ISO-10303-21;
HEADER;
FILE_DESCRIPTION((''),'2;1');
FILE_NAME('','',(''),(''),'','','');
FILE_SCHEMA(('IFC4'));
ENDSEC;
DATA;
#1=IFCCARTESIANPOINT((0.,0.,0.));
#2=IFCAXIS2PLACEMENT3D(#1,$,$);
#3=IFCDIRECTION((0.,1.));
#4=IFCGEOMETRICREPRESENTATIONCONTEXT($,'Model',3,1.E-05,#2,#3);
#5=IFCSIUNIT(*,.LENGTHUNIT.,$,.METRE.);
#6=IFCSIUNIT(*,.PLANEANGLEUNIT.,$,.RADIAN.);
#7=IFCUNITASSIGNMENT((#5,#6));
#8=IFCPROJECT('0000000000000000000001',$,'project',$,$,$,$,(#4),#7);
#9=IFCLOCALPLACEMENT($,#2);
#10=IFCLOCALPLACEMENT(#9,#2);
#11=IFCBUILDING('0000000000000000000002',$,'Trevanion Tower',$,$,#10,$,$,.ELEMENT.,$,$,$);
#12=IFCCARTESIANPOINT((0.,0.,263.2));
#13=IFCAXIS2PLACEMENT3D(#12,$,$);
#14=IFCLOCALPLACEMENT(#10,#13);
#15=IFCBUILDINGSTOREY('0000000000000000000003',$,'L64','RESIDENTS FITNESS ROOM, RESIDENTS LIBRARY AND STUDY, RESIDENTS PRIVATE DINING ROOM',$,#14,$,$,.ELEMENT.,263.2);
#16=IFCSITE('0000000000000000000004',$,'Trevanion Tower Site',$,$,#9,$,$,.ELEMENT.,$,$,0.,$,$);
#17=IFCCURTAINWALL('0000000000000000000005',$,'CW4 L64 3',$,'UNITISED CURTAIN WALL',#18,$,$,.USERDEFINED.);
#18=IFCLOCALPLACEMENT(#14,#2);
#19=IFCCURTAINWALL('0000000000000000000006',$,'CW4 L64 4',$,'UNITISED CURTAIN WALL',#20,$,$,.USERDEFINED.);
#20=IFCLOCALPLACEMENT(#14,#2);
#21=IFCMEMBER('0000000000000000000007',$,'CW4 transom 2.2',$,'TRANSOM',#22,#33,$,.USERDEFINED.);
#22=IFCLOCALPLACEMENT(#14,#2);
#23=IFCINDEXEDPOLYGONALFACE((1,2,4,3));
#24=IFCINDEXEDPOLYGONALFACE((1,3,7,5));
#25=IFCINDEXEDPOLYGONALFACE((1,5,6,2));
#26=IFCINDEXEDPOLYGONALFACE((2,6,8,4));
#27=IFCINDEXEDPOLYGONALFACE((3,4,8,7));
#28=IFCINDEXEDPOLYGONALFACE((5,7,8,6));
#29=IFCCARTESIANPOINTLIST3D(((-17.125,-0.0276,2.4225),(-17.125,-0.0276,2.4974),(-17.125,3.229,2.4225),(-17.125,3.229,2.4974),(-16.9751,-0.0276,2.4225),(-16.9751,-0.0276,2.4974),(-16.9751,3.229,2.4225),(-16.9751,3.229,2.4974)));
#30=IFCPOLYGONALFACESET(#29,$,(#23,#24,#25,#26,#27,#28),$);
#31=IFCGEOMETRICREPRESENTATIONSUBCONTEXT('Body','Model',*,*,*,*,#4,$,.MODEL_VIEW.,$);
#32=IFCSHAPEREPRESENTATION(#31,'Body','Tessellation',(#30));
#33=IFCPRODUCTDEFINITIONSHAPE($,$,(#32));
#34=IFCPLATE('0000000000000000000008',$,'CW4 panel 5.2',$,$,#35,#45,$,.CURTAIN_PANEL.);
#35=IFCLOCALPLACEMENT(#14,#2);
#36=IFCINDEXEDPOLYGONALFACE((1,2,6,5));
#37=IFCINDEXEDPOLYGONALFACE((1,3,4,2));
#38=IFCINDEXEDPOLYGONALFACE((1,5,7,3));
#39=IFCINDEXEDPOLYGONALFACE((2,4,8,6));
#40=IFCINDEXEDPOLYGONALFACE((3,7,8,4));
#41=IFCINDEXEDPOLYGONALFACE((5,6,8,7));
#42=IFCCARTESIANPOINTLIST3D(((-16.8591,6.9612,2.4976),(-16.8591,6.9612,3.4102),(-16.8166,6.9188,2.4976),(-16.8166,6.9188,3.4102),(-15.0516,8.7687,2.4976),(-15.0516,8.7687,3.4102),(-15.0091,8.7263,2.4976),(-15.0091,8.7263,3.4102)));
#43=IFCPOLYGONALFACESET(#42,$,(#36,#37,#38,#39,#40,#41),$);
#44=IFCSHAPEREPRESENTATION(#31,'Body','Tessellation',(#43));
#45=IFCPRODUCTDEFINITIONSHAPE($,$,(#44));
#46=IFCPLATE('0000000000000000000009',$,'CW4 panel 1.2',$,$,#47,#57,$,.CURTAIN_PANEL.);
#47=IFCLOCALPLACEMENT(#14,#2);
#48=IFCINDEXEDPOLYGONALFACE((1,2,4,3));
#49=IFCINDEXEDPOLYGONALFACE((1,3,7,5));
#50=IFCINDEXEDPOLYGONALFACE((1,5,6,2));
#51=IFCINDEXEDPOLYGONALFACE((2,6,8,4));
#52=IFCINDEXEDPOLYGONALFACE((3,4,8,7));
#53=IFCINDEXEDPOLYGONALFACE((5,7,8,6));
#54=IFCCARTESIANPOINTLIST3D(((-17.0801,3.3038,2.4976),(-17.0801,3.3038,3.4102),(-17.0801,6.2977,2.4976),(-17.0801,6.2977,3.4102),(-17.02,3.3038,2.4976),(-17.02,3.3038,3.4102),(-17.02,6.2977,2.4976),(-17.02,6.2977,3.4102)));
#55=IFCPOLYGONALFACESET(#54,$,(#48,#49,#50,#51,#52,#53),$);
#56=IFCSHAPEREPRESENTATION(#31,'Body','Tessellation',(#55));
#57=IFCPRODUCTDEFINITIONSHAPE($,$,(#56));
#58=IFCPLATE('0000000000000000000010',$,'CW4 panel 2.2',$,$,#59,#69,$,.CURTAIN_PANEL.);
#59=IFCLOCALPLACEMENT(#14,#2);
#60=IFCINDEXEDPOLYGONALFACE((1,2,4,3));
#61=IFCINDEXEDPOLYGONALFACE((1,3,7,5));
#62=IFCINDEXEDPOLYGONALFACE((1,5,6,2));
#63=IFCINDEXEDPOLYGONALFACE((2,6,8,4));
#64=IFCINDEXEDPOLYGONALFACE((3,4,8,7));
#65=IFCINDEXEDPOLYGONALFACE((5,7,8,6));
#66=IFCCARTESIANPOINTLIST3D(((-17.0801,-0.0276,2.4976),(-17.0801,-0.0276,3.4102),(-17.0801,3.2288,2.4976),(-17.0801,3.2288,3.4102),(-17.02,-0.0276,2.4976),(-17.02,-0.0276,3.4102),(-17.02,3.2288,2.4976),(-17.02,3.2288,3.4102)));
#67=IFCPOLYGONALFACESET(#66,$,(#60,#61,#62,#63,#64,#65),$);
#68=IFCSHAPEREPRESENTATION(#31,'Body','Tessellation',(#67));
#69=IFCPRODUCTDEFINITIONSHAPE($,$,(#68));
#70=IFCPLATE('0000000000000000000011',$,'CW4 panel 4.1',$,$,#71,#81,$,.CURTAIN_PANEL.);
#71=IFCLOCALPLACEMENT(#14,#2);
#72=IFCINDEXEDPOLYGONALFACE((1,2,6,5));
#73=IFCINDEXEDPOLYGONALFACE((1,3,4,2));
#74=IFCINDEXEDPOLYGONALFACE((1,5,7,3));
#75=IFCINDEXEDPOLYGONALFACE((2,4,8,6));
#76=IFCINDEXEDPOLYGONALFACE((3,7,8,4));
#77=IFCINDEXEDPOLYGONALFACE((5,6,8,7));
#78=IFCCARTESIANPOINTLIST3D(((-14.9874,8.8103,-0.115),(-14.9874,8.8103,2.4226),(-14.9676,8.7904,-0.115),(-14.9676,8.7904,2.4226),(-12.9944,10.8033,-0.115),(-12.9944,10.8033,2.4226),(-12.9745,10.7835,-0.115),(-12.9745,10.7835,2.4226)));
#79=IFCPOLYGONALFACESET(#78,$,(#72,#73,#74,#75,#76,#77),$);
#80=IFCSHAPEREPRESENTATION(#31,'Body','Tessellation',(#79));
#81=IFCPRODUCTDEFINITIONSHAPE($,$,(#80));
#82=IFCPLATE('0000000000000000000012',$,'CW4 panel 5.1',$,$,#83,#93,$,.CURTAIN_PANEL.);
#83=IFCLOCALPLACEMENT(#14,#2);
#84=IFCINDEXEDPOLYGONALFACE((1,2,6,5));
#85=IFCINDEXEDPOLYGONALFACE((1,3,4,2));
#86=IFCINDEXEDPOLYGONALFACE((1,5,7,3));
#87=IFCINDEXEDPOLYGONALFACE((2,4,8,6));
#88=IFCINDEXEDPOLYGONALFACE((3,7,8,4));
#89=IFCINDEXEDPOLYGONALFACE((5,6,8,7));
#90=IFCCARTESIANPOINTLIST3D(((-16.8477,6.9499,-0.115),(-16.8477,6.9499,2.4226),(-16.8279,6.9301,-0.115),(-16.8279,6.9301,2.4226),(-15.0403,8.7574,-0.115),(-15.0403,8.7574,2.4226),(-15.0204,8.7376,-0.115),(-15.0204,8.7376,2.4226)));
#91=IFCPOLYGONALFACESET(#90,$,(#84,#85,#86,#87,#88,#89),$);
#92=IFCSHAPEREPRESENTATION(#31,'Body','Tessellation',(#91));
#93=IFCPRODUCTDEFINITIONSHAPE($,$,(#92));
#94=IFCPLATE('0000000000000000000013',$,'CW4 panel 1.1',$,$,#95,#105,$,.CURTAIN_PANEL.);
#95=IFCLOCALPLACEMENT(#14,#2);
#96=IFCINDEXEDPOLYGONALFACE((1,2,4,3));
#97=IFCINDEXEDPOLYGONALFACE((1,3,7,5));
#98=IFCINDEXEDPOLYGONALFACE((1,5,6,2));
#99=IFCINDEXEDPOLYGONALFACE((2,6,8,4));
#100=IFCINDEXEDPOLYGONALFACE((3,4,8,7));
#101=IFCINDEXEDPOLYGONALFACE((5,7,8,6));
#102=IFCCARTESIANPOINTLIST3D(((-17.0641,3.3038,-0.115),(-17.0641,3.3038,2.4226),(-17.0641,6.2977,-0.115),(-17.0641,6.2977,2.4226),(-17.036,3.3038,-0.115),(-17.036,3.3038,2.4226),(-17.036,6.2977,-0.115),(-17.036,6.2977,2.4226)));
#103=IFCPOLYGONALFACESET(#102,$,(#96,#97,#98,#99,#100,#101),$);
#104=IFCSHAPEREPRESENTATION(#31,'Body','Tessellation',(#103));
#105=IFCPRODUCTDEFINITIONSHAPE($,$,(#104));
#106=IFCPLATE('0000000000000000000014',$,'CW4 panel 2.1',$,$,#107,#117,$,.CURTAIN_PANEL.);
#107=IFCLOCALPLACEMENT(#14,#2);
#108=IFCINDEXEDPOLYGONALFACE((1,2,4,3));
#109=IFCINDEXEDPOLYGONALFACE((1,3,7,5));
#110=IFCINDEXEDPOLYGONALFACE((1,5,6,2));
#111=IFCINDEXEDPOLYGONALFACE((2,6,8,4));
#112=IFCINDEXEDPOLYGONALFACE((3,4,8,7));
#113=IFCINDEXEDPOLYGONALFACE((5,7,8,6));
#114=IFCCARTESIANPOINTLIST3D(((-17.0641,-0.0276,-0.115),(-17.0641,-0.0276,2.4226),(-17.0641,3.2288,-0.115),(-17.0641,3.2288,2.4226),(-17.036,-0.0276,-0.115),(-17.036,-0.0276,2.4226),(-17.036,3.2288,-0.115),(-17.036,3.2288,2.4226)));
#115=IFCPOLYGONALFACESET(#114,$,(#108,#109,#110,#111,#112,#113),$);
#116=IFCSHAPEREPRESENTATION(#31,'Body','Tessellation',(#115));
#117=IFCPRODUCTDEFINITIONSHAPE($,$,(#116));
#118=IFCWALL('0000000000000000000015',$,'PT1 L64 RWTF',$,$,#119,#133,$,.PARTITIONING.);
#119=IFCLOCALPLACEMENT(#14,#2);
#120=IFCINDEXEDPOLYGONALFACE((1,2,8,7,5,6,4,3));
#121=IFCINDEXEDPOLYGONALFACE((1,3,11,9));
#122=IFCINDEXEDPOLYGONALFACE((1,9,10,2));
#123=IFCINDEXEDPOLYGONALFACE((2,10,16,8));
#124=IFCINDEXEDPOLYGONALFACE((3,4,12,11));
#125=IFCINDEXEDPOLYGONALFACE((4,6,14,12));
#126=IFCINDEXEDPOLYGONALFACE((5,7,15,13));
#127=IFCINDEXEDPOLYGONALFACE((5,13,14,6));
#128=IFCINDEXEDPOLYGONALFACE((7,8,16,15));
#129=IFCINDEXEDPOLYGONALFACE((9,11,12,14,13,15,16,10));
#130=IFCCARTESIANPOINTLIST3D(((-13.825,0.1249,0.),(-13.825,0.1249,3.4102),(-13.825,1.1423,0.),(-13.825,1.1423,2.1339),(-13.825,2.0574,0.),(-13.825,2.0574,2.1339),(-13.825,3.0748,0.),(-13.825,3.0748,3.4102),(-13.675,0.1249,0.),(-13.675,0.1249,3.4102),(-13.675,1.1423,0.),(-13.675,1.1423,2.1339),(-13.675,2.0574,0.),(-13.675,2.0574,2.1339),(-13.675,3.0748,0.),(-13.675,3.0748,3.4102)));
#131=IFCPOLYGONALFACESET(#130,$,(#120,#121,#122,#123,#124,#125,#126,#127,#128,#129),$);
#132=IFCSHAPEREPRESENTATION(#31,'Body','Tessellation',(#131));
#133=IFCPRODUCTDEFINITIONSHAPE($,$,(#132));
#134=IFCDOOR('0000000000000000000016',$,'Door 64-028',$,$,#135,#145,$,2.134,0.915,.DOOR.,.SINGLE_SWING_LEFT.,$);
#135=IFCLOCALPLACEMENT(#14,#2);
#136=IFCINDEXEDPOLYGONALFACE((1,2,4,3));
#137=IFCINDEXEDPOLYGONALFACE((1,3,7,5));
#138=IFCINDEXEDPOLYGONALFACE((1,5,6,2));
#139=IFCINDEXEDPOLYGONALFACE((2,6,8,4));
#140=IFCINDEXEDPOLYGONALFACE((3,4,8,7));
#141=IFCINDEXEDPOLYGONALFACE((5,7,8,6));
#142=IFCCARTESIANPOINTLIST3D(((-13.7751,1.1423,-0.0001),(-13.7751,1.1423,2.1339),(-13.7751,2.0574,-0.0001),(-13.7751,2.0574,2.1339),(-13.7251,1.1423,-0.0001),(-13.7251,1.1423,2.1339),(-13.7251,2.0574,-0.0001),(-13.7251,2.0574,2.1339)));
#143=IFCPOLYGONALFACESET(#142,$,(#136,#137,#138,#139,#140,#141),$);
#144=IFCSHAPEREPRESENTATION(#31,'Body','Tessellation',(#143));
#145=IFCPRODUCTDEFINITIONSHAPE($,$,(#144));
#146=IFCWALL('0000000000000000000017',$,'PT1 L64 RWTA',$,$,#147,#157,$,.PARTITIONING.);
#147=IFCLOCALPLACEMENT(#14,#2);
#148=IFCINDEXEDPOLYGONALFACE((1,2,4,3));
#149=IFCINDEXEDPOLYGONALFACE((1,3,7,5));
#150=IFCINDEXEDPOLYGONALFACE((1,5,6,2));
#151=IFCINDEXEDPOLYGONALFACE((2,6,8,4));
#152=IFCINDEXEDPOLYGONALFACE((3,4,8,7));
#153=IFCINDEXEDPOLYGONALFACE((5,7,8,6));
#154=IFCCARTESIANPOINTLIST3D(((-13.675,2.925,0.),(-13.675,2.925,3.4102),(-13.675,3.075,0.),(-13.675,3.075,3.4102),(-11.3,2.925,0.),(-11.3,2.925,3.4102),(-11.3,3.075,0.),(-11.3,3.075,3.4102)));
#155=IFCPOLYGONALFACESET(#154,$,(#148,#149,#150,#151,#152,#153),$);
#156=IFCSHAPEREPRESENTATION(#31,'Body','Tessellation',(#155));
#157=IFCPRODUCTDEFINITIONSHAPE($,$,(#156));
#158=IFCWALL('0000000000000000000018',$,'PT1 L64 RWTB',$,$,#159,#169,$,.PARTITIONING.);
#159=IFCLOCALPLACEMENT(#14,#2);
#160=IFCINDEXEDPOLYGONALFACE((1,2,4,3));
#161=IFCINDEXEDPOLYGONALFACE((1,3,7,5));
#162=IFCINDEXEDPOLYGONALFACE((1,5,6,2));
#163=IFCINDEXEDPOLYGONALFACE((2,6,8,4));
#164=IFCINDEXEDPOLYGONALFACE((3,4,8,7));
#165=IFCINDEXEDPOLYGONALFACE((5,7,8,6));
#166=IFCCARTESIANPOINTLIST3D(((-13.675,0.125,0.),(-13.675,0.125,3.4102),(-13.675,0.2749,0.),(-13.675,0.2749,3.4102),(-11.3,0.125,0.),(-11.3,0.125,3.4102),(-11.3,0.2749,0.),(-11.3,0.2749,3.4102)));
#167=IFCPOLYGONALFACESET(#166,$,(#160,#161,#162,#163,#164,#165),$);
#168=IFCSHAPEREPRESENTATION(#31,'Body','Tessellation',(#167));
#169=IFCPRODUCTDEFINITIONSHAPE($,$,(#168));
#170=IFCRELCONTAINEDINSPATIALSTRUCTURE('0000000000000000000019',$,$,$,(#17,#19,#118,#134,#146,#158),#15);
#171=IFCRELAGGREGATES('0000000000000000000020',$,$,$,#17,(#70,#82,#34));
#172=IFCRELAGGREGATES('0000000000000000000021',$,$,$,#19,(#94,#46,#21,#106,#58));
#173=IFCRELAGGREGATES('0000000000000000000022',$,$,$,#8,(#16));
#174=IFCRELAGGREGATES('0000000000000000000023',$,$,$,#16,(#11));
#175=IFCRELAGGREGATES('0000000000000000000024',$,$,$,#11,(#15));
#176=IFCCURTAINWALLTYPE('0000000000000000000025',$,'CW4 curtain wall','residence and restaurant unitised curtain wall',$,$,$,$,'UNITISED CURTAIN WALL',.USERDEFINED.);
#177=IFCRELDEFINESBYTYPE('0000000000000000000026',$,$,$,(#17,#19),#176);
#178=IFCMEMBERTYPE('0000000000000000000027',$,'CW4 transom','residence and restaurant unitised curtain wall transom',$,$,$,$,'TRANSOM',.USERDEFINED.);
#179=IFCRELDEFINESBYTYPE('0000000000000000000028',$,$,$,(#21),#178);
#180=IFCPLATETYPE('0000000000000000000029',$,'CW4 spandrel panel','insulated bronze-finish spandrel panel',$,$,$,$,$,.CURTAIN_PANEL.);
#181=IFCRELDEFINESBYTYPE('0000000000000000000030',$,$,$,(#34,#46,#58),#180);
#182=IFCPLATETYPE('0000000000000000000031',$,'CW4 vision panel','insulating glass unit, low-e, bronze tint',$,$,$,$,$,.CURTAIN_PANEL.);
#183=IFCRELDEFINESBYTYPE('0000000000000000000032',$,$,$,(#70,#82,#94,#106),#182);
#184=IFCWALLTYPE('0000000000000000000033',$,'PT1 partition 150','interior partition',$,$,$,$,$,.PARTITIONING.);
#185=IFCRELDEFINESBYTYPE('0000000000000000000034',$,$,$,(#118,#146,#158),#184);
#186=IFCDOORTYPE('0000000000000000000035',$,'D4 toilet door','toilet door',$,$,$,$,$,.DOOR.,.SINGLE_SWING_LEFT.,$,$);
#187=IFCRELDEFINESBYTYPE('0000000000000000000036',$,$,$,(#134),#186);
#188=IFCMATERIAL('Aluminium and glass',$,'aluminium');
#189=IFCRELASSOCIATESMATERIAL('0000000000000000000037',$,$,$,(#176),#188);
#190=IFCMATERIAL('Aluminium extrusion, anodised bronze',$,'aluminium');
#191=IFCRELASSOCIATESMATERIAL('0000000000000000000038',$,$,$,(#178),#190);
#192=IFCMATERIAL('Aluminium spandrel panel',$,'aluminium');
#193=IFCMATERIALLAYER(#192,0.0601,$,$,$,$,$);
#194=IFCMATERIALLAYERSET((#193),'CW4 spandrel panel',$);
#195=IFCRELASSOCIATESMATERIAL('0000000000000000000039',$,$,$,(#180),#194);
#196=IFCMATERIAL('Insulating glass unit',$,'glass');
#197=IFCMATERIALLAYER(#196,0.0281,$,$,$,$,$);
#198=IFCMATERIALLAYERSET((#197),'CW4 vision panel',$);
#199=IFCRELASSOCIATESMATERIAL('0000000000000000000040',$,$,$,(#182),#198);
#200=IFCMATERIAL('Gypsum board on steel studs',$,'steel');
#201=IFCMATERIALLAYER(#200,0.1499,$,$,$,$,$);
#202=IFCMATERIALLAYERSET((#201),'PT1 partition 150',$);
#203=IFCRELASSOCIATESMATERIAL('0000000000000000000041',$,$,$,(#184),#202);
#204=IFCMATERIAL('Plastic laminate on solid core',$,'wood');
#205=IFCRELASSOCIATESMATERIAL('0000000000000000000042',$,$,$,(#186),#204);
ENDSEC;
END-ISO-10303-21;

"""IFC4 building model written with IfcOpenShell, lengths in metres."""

from ifc_helpers import new_model, si_unit, direction, frame, frame_2d, origin, origin_2d, place, context, subcontext, project, spatial, rectangle, extrude, material, layer, layer_set, material_profile, profile_set, type_object, element, fill, aggregate, save


model = new_model("IFC4")

# Units and contexts
model_context = context("Model", 3, precision=1e-05, world=origin(), true_north=direction((0.0, 1.0)))
body_context = subcontext(model_context, "Body", "Model", "MODEL_VIEW")
ifc_project = project(units=[si_unit("LENGTHUNIT", "METRE"), si_unit("PLANEANGLEUNIT", "RADIAN")], contexts=[model_context])

# Site, building, storey
site_placement = place(None, origin())
site = spatial("IfcSite", under=ifc_project, at=site_placement, Name="Trevanion Tower Site", CompositionType="ELEMENT", RefElevation=0.0)
building_placement = place(site_placement, origin())
building = spatial("IfcBuilding", under=site, at=building_placement, Name="Trevanion Tower", CompositionType="ELEMENT")
storey_placement = place(building_placement, frame((0.0, 0.0, 263.2)))
storey = spatial("IfcBuildingStorey", under=building, at=storey_placement, Name="L64", Description="RESIDENTS FITNESS ROOM, RESIDENTS LIBRARY AND STUDY, RESIDENTS PRIVATE DINING ROOM", CompositionType="ELEMENT", Elevation=263.2)

# Curtain walls
ifc_material_1 = material(Name="Aluminium and glass", Category="aluminium")
curtain_wall_type = type_object("IfcCurtainWallType", Name="CW4 curtain wall", Description="residence and restaurant unitised curtain wall", ElementType="UNITISED CURTAIN WALL", PredefinedType="USERDEFINED", material=ifc_material_1)
curtain_wall_1_placement = place(storey_placement, origin())
curtain_wall_1 = element("IfcCurtainWall", 1, at=curtain_wall_1_placement, inside=storey, type_object=curtain_wall_type, Name="CW4 L64 3", ObjectType="UNITISED CURTAIN WALL", PredefinedType="USERDEFINED")
curtain_wall_2_placement = place(storey_placement, origin())
curtain_wall_2 = element("IfcCurtainWall", 2, at=curtain_wall_2_placement, inside=storey, type_object=curtain_wall_type, Name="CW4 L64 4", ObjectType="UNITISED CURTAIN WALL", PredefinedType="USERDEFINED")

# Member
ifc_material_2 = material(Name="Aluminium extrusion, anodised bronze", Category="aluminium")
ifc_material_profile_1 = material_profile(ifc_material_2, rectangle(XDim=0.1499, YDim=0.075, at=origin_2d()), Name="CW4 transom")
ifc_profile_set_1 = profile_set([ifc_material_profile_1], Name="Aluminium extrusion, anodised bronze")
member_type_1 = type_object("IfcMemberType", Name="CW4 transom", Description="residence and restaurant unitised curtain wall transom", ElementType="TRANSOM", PredefinedType="USERDEFINED", material=ifc_profile_set_1)
member_1_placement = place(storey_placement, frame((-17.05, 3.229, 2.46), z_axis=(0.0, -1.0, 0.0), x_axis=(1.0, 0.0, 0.0)))
member_1 = element("IfcMember", 3, at=member_1_placement, type_object=member_type_1, Name="CW4 transom 2.2", ObjectType="TRANSOM", PredefinedType="USERDEFINED", context=body_context, shape_type="SweptSolid", body=[
    extrude(rectangle(XDim=0.1499, YDim=0.075, at=origin_2d()), origin(), (0.0, 0.0, 1.0), 3.2566),
])

# Plates
ifc_material_3 = material(Name="Aluminium spandrel panel", Category="aluminium")
ifc_layer_1 = layer(ifc_material_3, 0.0601)
ifc_layer_set_1 = layer_set([ifc_layer_1], Name="CW4 spandrel panel")
plate_type_1 = type_object("IfcPlateType", Name="CW4 spandrel panel", Description="insulated bronze-finish spandrel panel", PredefinedType="CURTAIN_PANEL", material=ifc_layer_set_1)
plate_1_placement = place(storey_placement, frame((-15.9341, 7.8438, 2.4976), z_axis=(0.0, 0.0, 1.0), x_axis=(-0.707107, -0.707107, 0.0)))
plate_1 = element("IfcPlate", 4, at=plate_1_placement, type_object=plate_type_1, Name="CW4 panel 5.2", PredefinedType="CURTAIN_PANEL", context=body_context, shape_type="SweptSolid", body=[
    extrude(rectangle(XDim=2.5562, YDim=0.0601, at=origin_2d()), origin(), (0.0, 0.0, 1.0), 0.9126),
])
plate_2_placement = place(storey_placement, frame((-17.05, 4.8008, 2.4976), z_axis=(0.0, 0.0, 1.0), x_axis=(0.0, -1.0, 0.0)))
plate_2 = element("IfcPlate", 5, at=plate_2_placement, type_object=plate_type_1, Name="CW4 panel 1.2", PredefinedType="CURTAIN_PANEL", context=body_context, shape_type="SweptSolid", body=[
    extrude(rectangle(XDim=2.9939, YDim=0.0601, at=origin_2d()), origin(), (0.0, 0.0, 1.0), 0.9126),
])
plate_3_placement = place(storey_placement, frame((-17.05, 1.6006, 2.4976), z_axis=(0.0, 0.0, 1.0), x_axis=(0.0, -1.0, 0.0)))
plate_3 = element("IfcPlate", 6, at=plate_3_placement, type_object=plate_type_1, Name="CW4 panel 2.2", PredefinedType="CURTAIN_PANEL", context=body_context, shape_type="SweptSolid", body=[
    extrude(rectangle(XDim=3.2563, YDim=0.0601, at=origin_2d()), origin(), (0.0, 0.0, 1.0), 0.9126),
])
ifc_material_4 = material(Name="Insulating glass unit", Category="glass")
ifc_layer_2 = layer(ifc_material_4, 0.0281)
ifc_layer_set_2 = layer_set([ifc_layer_2], Name="CW4 vision panel")
plate_type_2 = type_object("IfcPlateType", Name="CW4 vision panel", Description="insulating glass unit, low-e, bronze tint", PredefinedType="CURTAIN_PANEL", material=ifc_layer_set_2)
plate_4_placement = place(storey_placement, frame((-13.981, 9.7969, -0.115), z_axis=(0.0, 0.0, 1.0), x_axis=(-0.707107, -0.707107, 0.0)))
plate_4 = element("IfcPlate", 7, at=plate_4_placement, type_object=plate_type_2, Name="CW4 panel 4.1", PredefinedType="CURTAIN_PANEL", context=body_context, shape_type="SweptSolid", body=[
    extrude(rectangle(XDim=2.8186, YDim=0.0281, at=origin_2d()), origin(), (0.0, 0.0, 1.0), 2.5376),
])
plate_5_placement = place(storey_placement, frame((-15.9341, 7.8438, -0.115), z_axis=(0.0, 0.0, 1.0), x_axis=(-0.707107, -0.707107, 0.0)))
plate_5 = element("IfcPlate", 8, at=plate_5_placement, type_object=plate_type_2, Name="CW4 panel 5.1", PredefinedType="CURTAIN_PANEL", context=body_context, shape_type="SweptSolid", body=[
    extrude(rectangle(XDim=2.5562, YDim=0.0281, at=origin_2d()), origin(), (0.0, 0.0, 1.0), 2.5376),
])
aggregate(curtain_wall_1, [plate_4, plate_5, plate_1])
plate_6_placement = place(storey_placement, frame((-17.05, 4.8008, -0.115), z_axis=(0.0, 0.0, 1.0), x_axis=(0.0, -1.0, 0.0)))
plate_6 = element("IfcPlate", 9, at=plate_6_placement, type_object=plate_type_2, Name="CW4 panel 1.1", PredefinedType="CURTAIN_PANEL", context=body_context, shape_type="SweptSolid", body=[
    extrude(rectangle(XDim=2.9939, YDim=0.0281, at=origin_2d()), origin(), (0.0, 0.0, 1.0), 2.5376),
])
plate_7_placement = place(storey_placement, frame((-17.05, 1.6006, -0.115), z_axis=(0.0, 0.0, 1.0), x_axis=(0.0, -1.0, 0.0)))
plate_7 = element("IfcPlate", 10, at=plate_7_placement, type_object=plate_type_2, Name="CW4 panel 2.1", PredefinedType="CURTAIN_PANEL", context=body_context, shape_type="SweptSolid", body=[
    extrude(rectangle(XDim=3.2563, YDim=0.0281, at=origin_2d()), origin(), (0.0, 0.0, 1.0), 2.5376),
])
aggregate(curtain_wall_2, [plate_6, plate_2, member_1, plate_7, plate_3])

# Wall, opening, door
ifc_material_5 = material(Name="Gypsum board on steel studs", Category="steel")
ifc_layer_3 = layer(ifc_material_5, 0.1499)
ifc_layer_set_3 = layer_set([ifc_layer_3], Name="PT1 partition 150")
wall_type = type_object("IfcWallType", Name="PT1 partition 150", Description="interior partition", PredefinedType="PARTITIONING", material=ifc_layer_set_3)
wall_placement = place(storey_placement, frame((-13.75, 3.075, 0.0), z_axis=(0.0, 0.0, 1.0), x_axis=(0.0, -1.0, 0.0)))
wall = element("IfcWall", 11, at=wall_placement, inside=storey, type_object=wall_type, Name="PT1 L64 RWTF", PredefinedType="PARTITIONING", context=body_context, shape_type="SweptSolid", body=[
    extrude(rectangle(XDim=2.95, YDim=0.1499, at=frame_2d((1.4751, 0.0))), origin(), (0.0, 0.0, 1.0), 3.4102),
])
opening_placement = place(wall_placement, frame((1.0176, 0.0, 0.0)))
opening = element("IfcOpeningElement", 12, at=opening_placement, cuts=wall, PredefinedType="OPENING", context=body_context, shape_type="SweptSolid", body=[
    extrude(rectangle(XDim=0.915, YDim=2.134, at=frame_2d((0.4575, 1.0669))), frame((0.0, 0.085, 0.0), z_axis=(0.0, -1.0, 0.0), x_axis=(1.0, 0.0, 0.0)), (0.0, 0.0, 1.0), 0.1699),
])
ifc_material_6 = material(Name="Plastic laminate on solid core", Category="wood")
door_type = type_object("IfcDoorType", Name="D4 toilet door", Description="toilet door", OperationType="SINGLE_SWING_LEFT", PredefinedType="DOOR", material=ifc_material_6)
door_placement = place(opening_placement, origin())
door = element("IfcDoor", 13, at=door_placement, inside=storey, type_object=door_type, Name="Door 64-028", OperationType="SINGLE_SWING_LEFT", OverallHeight=2.134, OverallWidth=0.915, PredefinedType="DOOR", context=body_context, shape_type="SweptSolid", body=[
    extrude(rectangle(XDim=0.915, YDim=2.134, at=frame_2d((0.4575, 1.0669))), frame((0.0, 0.0249, 0.0), z_axis=(0.0, -1.0, 0.0), x_axis=(1.0, 0.0, 0.0)), (0.0, 0.0, 1.0), 0.05),
])
fill(opening, door)

# Walls
for number, where, z_axis, x_axis, name in (
    (14, (-11.3, 3.0, 0.0), (0.0, 0.0, 1.0), (-1.0, 0.0, 0.0), "PT1 L64 RWTA"),
    (15, (-11.3, 0.2, 0.0), (0.0, 0.0, 1.0), (-1.0, 0.0, 0.0), "PT1 L64 RWTB"),
):
    element("IfcWall", number, at=place(storey_placement, frame(where, z_axis=z_axis, x_axis=x_axis)), inside=storey, type_object=wall_type, Name=name, PredefinedType="PARTITIONING", context=body_context, shape_type="SweptSolid", body=[
        extrude(rectangle(XDim=2.375, YDim=0.1499, at=frame_2d((1.1875, 0.0))), origin(), (0.0, 0.0, 1.0), 3.4102),
    ])

save(model, "model.ifc")
